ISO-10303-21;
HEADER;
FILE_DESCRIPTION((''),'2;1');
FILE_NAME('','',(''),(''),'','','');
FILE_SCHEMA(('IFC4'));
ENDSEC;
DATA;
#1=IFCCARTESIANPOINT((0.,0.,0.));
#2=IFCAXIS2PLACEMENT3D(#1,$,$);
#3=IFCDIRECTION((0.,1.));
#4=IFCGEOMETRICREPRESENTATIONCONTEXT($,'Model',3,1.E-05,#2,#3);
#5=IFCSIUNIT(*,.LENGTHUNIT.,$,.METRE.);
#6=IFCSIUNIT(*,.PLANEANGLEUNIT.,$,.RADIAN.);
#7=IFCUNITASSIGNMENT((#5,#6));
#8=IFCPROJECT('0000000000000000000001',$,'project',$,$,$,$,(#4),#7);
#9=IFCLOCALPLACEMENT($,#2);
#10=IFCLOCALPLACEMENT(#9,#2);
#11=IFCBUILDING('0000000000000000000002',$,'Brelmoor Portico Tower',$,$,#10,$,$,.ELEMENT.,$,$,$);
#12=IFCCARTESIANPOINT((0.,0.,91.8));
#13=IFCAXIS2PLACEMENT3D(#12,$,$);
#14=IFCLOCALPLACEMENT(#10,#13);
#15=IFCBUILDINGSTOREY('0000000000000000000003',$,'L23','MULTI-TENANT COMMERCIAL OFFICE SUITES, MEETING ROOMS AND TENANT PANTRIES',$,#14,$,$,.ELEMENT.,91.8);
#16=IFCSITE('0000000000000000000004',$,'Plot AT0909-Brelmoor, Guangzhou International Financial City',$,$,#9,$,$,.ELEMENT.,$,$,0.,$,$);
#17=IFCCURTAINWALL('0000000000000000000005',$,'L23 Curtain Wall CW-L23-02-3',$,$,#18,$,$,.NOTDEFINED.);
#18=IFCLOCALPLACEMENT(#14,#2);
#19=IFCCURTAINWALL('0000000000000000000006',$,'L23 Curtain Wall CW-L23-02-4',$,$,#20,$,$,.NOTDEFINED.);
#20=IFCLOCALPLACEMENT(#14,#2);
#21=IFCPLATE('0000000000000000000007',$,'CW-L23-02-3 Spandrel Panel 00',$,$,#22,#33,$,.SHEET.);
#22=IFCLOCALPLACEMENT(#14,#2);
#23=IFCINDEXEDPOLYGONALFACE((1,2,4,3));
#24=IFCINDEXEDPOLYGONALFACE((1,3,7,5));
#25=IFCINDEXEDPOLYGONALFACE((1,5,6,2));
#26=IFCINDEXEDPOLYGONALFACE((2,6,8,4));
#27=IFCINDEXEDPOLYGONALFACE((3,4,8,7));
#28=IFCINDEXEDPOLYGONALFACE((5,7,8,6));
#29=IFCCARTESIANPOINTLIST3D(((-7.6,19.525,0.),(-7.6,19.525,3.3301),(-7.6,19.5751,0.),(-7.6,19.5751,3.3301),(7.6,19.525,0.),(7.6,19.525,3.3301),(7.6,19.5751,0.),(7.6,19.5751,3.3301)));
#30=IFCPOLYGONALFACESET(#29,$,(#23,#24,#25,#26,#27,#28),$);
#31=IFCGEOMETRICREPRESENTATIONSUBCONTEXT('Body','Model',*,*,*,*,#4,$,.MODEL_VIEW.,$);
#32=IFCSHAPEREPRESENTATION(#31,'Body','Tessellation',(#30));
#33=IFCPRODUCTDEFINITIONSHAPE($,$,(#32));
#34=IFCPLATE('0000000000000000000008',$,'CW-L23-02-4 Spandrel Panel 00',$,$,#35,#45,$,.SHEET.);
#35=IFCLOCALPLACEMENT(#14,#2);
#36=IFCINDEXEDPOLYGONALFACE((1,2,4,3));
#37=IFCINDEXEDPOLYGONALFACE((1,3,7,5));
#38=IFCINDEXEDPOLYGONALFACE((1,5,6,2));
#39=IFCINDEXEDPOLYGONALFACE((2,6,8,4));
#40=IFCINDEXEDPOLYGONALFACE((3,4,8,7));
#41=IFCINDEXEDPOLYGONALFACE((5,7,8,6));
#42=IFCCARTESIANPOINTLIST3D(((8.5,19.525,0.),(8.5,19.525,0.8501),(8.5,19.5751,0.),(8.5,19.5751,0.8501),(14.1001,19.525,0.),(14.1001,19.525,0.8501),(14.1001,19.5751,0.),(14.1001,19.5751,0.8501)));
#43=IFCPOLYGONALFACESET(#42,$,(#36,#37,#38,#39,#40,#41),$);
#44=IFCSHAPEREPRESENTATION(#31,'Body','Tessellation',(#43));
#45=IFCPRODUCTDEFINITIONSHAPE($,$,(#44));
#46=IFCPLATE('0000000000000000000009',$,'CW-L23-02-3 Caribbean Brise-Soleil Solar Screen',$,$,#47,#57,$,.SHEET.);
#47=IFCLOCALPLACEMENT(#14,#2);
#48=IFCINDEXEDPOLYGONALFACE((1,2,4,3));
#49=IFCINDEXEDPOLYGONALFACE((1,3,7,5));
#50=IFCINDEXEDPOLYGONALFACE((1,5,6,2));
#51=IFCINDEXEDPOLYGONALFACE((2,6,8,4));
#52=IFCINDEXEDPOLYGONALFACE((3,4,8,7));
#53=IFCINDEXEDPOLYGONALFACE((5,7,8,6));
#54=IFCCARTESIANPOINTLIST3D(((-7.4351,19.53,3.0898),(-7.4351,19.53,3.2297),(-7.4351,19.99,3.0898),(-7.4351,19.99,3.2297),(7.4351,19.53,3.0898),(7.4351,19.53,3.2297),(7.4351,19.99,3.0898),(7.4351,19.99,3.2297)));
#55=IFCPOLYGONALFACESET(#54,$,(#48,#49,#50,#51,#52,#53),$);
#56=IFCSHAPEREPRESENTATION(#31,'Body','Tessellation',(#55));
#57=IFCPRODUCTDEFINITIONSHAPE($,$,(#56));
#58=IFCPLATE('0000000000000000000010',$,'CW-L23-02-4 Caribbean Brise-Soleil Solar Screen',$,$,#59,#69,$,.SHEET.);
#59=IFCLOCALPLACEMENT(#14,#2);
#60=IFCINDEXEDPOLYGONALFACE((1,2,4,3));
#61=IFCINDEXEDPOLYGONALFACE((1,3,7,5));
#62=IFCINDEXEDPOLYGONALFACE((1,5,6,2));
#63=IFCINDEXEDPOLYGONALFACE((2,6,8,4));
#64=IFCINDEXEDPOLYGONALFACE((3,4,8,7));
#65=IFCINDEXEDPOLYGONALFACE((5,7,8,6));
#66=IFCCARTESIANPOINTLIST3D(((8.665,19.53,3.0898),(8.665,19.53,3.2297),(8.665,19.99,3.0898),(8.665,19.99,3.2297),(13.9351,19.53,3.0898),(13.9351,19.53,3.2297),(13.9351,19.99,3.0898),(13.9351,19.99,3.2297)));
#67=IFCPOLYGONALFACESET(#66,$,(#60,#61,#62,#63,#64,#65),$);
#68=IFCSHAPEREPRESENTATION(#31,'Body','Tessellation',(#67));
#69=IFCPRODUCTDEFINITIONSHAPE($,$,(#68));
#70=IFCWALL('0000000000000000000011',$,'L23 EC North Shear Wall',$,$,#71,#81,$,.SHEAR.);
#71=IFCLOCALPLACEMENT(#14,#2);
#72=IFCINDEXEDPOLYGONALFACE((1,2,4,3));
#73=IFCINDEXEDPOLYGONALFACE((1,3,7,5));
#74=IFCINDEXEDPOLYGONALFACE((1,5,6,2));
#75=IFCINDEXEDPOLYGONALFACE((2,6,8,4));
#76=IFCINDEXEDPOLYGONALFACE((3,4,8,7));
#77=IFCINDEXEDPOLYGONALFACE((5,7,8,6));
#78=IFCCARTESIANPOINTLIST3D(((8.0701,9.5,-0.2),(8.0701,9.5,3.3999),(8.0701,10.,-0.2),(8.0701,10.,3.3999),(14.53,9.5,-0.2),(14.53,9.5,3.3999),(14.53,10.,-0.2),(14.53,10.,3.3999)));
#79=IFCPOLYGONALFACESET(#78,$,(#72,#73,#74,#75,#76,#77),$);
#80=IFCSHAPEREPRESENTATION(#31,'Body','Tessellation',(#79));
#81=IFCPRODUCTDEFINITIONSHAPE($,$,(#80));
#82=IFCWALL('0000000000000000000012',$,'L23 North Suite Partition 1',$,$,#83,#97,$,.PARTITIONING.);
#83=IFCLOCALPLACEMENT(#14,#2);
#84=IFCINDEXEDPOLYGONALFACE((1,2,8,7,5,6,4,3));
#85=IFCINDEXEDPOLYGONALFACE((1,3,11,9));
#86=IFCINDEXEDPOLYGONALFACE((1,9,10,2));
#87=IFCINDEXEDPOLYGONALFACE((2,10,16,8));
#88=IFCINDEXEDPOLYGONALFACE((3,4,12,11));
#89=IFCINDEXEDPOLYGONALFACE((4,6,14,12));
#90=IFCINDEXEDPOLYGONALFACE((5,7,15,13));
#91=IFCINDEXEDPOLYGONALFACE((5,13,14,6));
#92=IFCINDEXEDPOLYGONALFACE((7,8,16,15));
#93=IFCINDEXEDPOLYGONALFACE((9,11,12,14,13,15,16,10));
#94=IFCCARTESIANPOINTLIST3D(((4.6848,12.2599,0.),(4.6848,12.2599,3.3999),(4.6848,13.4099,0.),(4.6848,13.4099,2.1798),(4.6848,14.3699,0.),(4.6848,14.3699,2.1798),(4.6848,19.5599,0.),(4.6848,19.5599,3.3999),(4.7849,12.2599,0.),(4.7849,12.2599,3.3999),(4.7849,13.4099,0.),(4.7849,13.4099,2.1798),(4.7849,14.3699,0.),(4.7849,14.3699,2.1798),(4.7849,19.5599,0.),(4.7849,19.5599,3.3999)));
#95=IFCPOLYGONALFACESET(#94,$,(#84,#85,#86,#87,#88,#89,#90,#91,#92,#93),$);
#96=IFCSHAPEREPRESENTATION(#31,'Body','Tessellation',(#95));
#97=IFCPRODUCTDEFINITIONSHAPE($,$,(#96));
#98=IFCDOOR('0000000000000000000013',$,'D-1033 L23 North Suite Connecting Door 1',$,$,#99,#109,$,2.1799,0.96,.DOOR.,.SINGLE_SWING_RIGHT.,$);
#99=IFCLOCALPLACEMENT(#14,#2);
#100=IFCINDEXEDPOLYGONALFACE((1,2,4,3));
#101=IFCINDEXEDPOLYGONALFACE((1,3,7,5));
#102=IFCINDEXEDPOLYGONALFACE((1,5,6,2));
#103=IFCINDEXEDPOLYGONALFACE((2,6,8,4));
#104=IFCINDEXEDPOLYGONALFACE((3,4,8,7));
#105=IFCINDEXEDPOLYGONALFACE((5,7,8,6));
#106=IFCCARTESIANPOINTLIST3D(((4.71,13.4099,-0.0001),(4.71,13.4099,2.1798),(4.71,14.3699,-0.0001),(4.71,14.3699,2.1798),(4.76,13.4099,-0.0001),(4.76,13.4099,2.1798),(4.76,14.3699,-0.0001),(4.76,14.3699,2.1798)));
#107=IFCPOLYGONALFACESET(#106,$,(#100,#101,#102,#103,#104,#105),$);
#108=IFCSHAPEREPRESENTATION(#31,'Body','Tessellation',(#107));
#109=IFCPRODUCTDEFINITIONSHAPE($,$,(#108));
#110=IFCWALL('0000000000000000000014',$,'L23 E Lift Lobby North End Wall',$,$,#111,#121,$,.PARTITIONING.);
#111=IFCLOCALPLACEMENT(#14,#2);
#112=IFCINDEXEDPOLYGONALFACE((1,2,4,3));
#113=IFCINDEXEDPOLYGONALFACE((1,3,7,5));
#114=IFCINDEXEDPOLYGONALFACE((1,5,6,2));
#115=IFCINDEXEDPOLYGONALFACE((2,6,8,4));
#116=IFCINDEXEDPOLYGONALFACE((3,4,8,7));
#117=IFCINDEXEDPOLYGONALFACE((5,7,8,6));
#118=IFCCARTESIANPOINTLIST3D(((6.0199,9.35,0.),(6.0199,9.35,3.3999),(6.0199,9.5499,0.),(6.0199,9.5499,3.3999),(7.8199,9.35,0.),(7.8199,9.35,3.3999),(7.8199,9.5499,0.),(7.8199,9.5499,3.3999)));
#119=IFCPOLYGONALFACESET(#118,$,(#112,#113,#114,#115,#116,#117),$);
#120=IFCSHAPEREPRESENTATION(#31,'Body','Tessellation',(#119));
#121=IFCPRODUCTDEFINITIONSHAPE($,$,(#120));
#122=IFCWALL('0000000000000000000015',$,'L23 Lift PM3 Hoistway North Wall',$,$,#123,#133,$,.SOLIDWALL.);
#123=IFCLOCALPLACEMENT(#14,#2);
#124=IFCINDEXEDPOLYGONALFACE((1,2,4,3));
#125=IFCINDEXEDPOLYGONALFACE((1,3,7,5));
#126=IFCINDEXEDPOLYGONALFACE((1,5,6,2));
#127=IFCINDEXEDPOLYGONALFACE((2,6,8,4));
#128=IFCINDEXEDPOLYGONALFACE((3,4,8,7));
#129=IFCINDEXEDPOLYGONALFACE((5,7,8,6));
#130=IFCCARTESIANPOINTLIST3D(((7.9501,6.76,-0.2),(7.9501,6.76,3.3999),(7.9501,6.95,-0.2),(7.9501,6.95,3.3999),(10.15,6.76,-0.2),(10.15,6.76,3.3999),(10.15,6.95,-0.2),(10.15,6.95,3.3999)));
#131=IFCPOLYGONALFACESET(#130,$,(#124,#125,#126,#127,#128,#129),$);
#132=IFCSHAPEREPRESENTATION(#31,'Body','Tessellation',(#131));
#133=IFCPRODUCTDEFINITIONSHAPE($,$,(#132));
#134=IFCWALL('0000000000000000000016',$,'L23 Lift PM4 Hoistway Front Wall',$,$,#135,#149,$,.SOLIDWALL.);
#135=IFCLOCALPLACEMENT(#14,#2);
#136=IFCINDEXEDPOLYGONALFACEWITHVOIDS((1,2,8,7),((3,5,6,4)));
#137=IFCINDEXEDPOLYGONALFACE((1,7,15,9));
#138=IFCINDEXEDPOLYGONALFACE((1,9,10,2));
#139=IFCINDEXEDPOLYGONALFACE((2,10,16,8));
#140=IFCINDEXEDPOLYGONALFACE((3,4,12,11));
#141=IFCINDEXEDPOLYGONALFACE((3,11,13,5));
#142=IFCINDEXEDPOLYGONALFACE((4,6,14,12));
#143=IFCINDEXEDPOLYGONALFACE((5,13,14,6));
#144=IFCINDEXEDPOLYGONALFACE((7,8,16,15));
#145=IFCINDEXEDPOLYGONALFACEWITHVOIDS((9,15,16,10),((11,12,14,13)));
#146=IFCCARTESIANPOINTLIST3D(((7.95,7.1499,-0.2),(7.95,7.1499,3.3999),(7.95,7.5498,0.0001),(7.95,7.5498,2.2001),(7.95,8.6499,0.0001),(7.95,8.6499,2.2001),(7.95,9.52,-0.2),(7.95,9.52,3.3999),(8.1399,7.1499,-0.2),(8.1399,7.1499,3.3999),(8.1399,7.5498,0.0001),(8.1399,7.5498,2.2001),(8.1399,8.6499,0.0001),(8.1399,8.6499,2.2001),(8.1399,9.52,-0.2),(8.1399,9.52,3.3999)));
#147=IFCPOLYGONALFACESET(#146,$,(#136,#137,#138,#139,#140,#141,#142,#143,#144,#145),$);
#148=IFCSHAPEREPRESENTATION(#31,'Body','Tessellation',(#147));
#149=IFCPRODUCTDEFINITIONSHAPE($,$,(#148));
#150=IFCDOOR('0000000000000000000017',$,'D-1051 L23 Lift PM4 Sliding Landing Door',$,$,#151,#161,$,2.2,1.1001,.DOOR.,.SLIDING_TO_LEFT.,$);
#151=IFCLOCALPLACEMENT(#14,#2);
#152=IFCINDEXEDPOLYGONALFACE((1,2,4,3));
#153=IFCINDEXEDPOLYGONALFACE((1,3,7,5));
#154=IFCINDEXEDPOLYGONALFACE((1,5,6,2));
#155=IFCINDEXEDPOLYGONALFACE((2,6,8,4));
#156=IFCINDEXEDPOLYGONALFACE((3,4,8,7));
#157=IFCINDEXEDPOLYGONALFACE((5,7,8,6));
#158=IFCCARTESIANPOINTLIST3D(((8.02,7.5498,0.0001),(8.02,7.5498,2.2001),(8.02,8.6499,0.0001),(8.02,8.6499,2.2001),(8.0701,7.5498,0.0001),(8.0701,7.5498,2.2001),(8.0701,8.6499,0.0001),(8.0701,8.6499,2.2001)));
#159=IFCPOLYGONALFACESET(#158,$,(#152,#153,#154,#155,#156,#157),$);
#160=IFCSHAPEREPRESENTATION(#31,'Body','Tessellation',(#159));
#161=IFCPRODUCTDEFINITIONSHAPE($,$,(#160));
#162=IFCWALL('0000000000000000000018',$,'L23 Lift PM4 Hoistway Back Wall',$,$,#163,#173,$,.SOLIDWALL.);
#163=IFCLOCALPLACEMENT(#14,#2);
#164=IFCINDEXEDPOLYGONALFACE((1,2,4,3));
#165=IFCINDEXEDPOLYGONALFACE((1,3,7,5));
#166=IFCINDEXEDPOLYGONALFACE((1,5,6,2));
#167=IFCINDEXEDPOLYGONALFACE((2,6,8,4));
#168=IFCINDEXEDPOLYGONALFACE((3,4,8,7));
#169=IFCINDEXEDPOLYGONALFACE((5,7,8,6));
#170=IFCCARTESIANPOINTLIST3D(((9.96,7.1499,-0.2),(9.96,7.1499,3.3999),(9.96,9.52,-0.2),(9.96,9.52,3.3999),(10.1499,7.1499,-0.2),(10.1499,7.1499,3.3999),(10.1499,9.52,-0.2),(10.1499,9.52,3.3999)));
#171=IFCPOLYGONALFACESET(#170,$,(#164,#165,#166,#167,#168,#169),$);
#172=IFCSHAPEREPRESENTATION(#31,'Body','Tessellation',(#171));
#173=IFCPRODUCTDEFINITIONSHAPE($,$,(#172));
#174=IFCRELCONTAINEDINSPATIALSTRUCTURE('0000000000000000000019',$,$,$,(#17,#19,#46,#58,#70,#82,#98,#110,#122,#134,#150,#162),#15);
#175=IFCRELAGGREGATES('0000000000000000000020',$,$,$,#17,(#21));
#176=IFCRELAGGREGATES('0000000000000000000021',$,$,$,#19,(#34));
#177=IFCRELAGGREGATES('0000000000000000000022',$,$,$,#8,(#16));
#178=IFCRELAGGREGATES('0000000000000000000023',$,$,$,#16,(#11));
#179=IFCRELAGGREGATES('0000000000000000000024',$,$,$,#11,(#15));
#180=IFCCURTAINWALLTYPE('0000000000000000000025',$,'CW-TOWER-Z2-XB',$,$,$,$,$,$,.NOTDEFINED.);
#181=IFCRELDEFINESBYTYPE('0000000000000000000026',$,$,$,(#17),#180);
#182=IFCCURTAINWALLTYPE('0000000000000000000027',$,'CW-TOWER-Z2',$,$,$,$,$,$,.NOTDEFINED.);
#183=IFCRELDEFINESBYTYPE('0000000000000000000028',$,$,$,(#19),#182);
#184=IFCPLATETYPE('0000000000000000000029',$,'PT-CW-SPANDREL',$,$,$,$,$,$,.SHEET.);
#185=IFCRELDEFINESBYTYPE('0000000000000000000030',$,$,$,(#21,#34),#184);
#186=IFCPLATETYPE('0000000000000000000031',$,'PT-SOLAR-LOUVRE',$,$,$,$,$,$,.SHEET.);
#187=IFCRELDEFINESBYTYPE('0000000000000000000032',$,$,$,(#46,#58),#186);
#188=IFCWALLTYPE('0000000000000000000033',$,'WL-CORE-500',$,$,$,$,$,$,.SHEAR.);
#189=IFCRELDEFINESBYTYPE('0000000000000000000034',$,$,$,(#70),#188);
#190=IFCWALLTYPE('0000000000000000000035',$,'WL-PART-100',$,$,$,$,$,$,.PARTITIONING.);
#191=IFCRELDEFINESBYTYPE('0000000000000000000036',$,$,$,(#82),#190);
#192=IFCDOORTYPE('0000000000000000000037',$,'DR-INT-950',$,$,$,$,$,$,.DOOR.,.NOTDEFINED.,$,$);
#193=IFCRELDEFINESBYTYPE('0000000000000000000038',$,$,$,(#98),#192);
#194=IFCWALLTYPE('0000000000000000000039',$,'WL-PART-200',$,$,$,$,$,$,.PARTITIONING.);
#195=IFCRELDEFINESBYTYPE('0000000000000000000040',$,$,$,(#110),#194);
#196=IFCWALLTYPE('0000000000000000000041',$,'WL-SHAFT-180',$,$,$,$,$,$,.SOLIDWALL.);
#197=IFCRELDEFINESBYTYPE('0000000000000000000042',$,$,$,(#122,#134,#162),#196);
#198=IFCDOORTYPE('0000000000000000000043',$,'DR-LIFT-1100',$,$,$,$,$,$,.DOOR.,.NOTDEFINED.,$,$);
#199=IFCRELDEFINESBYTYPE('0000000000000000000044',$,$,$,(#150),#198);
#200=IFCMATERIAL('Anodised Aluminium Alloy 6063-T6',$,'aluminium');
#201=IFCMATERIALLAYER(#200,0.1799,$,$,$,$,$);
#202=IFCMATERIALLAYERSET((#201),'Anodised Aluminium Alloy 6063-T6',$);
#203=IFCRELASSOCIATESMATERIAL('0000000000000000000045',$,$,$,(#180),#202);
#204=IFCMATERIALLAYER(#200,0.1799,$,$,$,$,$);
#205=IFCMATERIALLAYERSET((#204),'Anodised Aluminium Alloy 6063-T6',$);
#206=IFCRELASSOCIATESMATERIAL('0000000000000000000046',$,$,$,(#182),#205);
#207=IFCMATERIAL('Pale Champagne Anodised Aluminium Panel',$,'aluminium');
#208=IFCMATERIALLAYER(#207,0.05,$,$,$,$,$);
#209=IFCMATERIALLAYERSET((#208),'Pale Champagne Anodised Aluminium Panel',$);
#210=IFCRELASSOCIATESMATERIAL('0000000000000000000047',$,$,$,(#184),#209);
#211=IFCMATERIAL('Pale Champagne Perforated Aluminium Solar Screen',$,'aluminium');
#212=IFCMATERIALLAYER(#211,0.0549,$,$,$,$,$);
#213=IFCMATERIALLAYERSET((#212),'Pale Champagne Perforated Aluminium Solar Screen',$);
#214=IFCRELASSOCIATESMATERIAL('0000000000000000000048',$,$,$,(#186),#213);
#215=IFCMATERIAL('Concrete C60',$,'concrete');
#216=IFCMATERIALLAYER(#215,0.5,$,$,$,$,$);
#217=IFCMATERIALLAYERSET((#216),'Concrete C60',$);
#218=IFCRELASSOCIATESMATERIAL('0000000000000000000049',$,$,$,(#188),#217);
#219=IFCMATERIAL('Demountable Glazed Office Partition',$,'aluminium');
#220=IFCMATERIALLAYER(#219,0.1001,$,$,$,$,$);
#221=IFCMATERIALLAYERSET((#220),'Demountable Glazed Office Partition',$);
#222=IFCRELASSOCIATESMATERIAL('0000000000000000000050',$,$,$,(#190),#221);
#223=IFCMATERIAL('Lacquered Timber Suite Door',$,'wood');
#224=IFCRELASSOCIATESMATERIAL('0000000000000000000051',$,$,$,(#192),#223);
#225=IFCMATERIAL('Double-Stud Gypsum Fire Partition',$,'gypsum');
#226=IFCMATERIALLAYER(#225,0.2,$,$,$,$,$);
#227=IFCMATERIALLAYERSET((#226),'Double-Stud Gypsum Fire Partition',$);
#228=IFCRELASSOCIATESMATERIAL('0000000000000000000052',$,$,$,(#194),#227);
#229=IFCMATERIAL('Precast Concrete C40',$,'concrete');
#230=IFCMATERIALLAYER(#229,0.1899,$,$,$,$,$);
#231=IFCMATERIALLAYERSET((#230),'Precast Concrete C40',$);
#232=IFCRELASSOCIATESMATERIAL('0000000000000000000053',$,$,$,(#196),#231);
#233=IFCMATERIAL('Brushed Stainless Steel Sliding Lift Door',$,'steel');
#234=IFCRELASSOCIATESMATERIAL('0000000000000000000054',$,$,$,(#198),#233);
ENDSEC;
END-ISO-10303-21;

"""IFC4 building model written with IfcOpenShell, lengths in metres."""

from ifc_helpers import new_model, si_unit, direction, frame, frame_2d, origin, origin_2d, place, context, subcontext, project, spatial, rectangle, extrude, material, layer, layer_set, type_object, element, fill, aggregate, save


model = new_model("IFC4")

# Units and contexts
model_context = context("Model", 3, precision=1e-05, world=origin(), true_north=direction((0.0, 1.0)))
body_context = subcontext(model_context, "Body", "Model", "MODEL_VIEW")
ifc_project = project(units=[si_unit("LENGTHUNIT", "METRE"), si_unit("PLANEANGLEUNIT", "RADIAN")], contexts=[model_context])

# Site, building, storey
site_placement = place(None, origin())
site = spatial("IfcSite", under=ifc_project, at=site_placement, Name="Plot AT0909-Brelmoor, Guangzhou International Financial City", CompositionType="ELEMENT", RefElevation=0.0)
building_placement = place(site_placement, origin())
building = spatial("IfcBuilding", under=site, at=building_placement, Name="Brelmoor Portico Tower", CompositionType="ELEMENT")
storey_placement = place(building_placement, frame((0.0, 0.0, 91.8)))
storey = spatial("IfcBuildingStorey", under=building, at=storey_placement, Name="L23", Description="MULTI-TENANT COMMERCIAL OFFICE SUITES, MEETING ROOMS AND TENANT PANTRIES", CompositionType="ELEMENT", Elevation=91.8)

# Curtain wall
ifc_material_1 = material(Name="Anodised Aluminium Alloy 6063-T6", Category="aluminium")
ifc_layer_1 = layer(ifc_material_1, 0.1799)
ifc_layer_set_1 = layer_set([ifc_layer_1], Name="Anodised Aluminium Alloy 6063-T6")
curtain_wall_type_1 = type_object("IfcCurtainWallType", Name="CW-TOWER-Z2-XB", PredefinedType="NOTDEFINED", material=ifc_layer_set_1)
curtain_wall_1_placement = place(storey_placement, origin())
curtain_wall_1 = element("IfcCurtainWall", 1, at=curtain_wall_1_placement, inside=storey, type_object=curtain_wall_type_1, Name="L23 Curtain Wall CW-L23-02-3", PredefinedType="NOTDEFINED")

# Curtain wall
ifc_layer_2 = layer(ifc_material_1, 0.1799)
ifc_layer_set_2 = layer_set([ifc_layer_2], Name="Anodised Aluminium Alloy 6063-T6")
curtain_wall_type_2 = type_object("IfcCurtainWallType", Name="CW-TOWER-Z2", PredefinedType="NOTDEFINED", material=ifc_layer_set_2)
curtain_wall_2_placement = place(storey_placement, origin())
curtain_wall_2 = element("IfcCurtainWall", 2, at=curtain_wall_2_placement, inside=storey, type_object=curtain_wall_type_2, Name="L23 Curtain Wall CW-L23-02-4", PredefinedType="NOTDEFINED")

# Plates
ifc_material_2 = material(Name="Pale Champagne Anodised Aluminium Panel", Category="aluminium")
ifc_layer_3 = layer(ifc_material_2, 0.05)
ifc_layer_set_3 = layer_set([ifc_layer_3], Name="Pale Champagne Anodised Aluminium Panel")
plate_type_1 = type_object("IfcPlateType", Name="PT-CW-SPANDREL", PredefinedType="SHEET", material=ifc_layer_set_3)
plate_1_placement = place(storey_placement, frame((0.0, 19.55, 0.0), z_axis=(0.0, 0.0, 1.0), x_axis=(1.0, 0.0, 0.0)))
plate_1 = element("IfcPlate", 3, at=plate_1_placement, type_object=plate_type_1, Name="CW-L23-02-3 Spandrel Panel 00", PredefinedType="SHEET", context=body_context, shape_type="SweptSolid", body=[
    extrude(rectangle(XDim=15.2, YDim=0.05, at=origin_2d()), origin(), (0.0, 0.0, 1.0), 3.3301),
])
aggregate(curtain_wall_1, [plate_1])
plate_2_placement = place(storey_placement, frame((11.3, 19.55, 0.0), z_axis=(0.0, 0.0, 1.0), x_axis=(1.0, 0.0, 0.0)))
plate_2 = element("IfcPlate", 4, at=plate_2_placement, type_object=plate_type_1, Name="CW-L23-02-4 Spandrel Panel 00", PredefinedType="SHEET", context=body_context, shape_type="SweptSolid", body=[
    extrude(rectangle(XDim=5.6001, YDim=0.05, at=origin_2d()), origin(), (0.0, 0.0, 1.0), 0.8501),
])
aggregate(curtain_wall_2, [plate_2])

# Plates
ifc_material_3 = material(Name="Pale Champagne Perforated Aluminium Solar Screen", Category="aluminium")
ifc_layer_4 = layer(ifc_material_3, 0.0549)
ifc_layer_set_4 = layer_set([ifc_layer_4], Name="Pale Champagne Perforated Aluminium Solar Screen")
plate_type_2 = type_object("IfcPlateType", Name="PT-SOLAR-LOUVRE", PredefinedType="SHEET", material=ifc_layer_set_4)
plate_3_placement = place(storey_placement, frame((0.0, 19.76, 3.0898), z_axis=(0.0, 0.0, 1.0), x_axis=(1.0, 0.0, 0.0)))
element("IfcPlate", 5, at=plate_3_placement, inside=storey, type_object=plate_type_2, Name="CW-L23-02-3 Caribbean Brise-Soleil Solar Screen", PredefinedType="SHEET", context=body_context, shape_type="SweptSolid", body=[
    extrude(rectangle(XDim=14.8701, YDim=0.46, at=origin_2d()), origin(), (0.0, 0.0, 1.0), 0.1399),
])
plate_4_placement = place(storey_placement, frame((11.3, 19.76, 3.0898), z_axis=(0.0, 0.0, 1.0), x_axis=(1.0, 0.0, 0.0)))
element("IfcPlate", 6, at=plate_4_placement, inside=storey, type_object=plate_type_2, Name="CW-L23-02-4 Caribbean Brise-Soleil Solar Screen", PredefinedType="SHEET", context=body_context, shape_type="SweptSolid", body=[
    extrude(rectangle(XDim=5.27, YDim=0.46, at=origin_2d()), origin(), (0.0, 0.0, 1.0), 0.1399),
])

# Wall
ifc_material_4 = material(Name="Concrete C60", Category="concrete")
ifc_layer_5 = layer(ifc_material_4, 0.5)
ifc_layer_set_5 = layer_set([ifc_layer_5], Name="Concrete C60")
wall_type_1 = type_object("IfcWallType", Name="WL-CORE-500", PredefinedType="SHEAR", material=ifc_layer_set_5)
wall_1_placement = place(storey_placement, frame((8.0701, 9.75, -0.2), z_axis=(0.0, 0.0, 1.0), x_axis=(1.0, 0.0, 0.0)))
element("IfcWall", 7, at=wall_1_placement, inside=storey, type_object=wall_type_1, Name="L23 EC North Shear Wall", PredefinedType="SHEAR", context=body_context, shape_type="SweptSolid", body=[
    extrude(rectangle(XDim=6.46, YDim=0.5, at=frame_2d((3.23, 0.0))), origin(), (0.0, 0.0, 1.0), 3.5999),
])

# Wall, opening, door
ifc_material_5 = material(Name="Demountable Glazed Office Partition", Category="aluminium")
ifc_layer_6 = layer(ifc_material_5, 0.1001)
ifc_layer_set_6 = layer_set([ifc_layer_6], Name="Demountable Glazed Office Partition")
wall_type_2 = type_object("IfcWallType", Name="WL-PART-100", PredefinedType="PARTITIONING", material=ifc_layer_set_6)
wall_2_placement = place(storey_placement, frame((4.7349, 12.26, 0.0), z_axis=(0.0, 0.0, 1.0), x_axis=(0.0, 1.0, 0.0)))
wall_2 = element("IfcWall", 8, at=wall_2_placement, inside=storey, type_object=wall_type_2, Name="L23 North Suite Partition 1", PredefinedType="PARTITIONING", context=body_context, shape_type="SweptSolid", body=[
    extrude(rectangle(XDim=7.3, YDim=0.1001, at=frame_2d((3.6499, 0.0))), origin(), (0.0, 0.0, 1.0), 3.3999),
])
opening_1_placement = place(wall_2_placement, frame((1.1499, 0.0, 0.0)))
opening_1 = element("IfcOpeningElement", 9, at=opening_1_placement, cuts=wall_2, PredefinedType="OPENING", context=body_context, shape_type="SweptSolid", body=[
    extrude(rectangle(XDim=0.96, YDim=2.1799, at=frame_2d((0.48, 1.0898))), frame((0.0, 0.0601, 0.0), z_axis=(0.0, -1.0, 0.0), x_axis=(1.0, 0.0, 0.0)), (0.0, 0.0, 1.0), 0.1201),
])
ifc_material_6 = material(Name="Lacquered Timber Suite Door", Category="wood")
door_type_1 = type_object("IfcDoorType", Name="DR-INT-950", OperationType="NOTDEFINED", PredefinedType="DOOR", material=ifc_material_6)
door_1_placement = place(opening_1_placement, origin())
door_1 = element("IfcDoor", 10, at=door_1_placement, inside=storey, type_object=door_type_1, Name="D-1033 L23 North Suite Connecting Door 1", OperationType="SINGLE_SWING_RIGHT", OverallHeight=2.1799, OverallWidth=0.96, PredefinedType="DOOR", context=body_context, shape_type="SweptSolid", body=[
    extrude(rectangle(XDim=0.96, YDim=2.1799, at=frame_2d((0.48, 1.0898))), frame((0.0, 0.0249, 0.0), z_axis=(0.0, -1.0, 0.0), x_axis=(1.0, 0.0, 0.0)), (0.0, 0.0, 1.0), 0.05),
])
fill(opening_1, door_1)

# Walls
ifc_material_7 = material(Name="Double-Stud Gypsum Fire Partition", Category="gypsum")
ifc_layer_7 = layer(ifc_material_7, 0.2)
ifc_layer_set_7 = layer_set([ifc_layer_7], Name="Double-Stud Gypsum Fire Partition")
wall_type_3 = type_object("IfcWallType", Name="WL-PART-200", PredefinedType="PARTITIONING", material=ifc_layer_set_7)
wall_3_placement = place(storey_placement, frame((6.02, 9.45, 0.0), z_axis=(0.0, 0.0, 1.0), x_axis=(1.0, 0.0, 0.0)))
element("IfcWall", 11, at=wall_3_placement, inside=storey, type_object=wall_type_3, Name="L23 E Lift Lobby North End Wall", PredefinedType="PARTITIONING", context=body_context, shape_type="SweptSolid", body=[
    extrude(rectangle(XDim=1.8, YDim=0.2, at=frame_2d((0.8999, 0.0))), origin(), (0.0, 0.0, 1.0), 3.3999),
])
ifc_material_8 = material(Name="Precast Concrete C40", Category="concrete")
ifc_layer_8 = layer(ifc_material_8, 0.1899)
ifc_layer_set_8 = layer_set([ifc_layer_8], Name="Precast Concrete C40")
wall_type_4 = type_object("IfcWallType", Name="WL-SHAFT-180", PredefinedType="SOLIDWALL", material=ifc_layer_set_8)
wall_4_placement = place(storey_placement, frame((7.95, 6.855, -0.2), z_axis=(0.0, 0.0, 1.0), x_axis=(1.0, 0.0, 0.0)))
element("IfcWall", 12, at=wall_4_placement, inside=storey, type_object=wall_type_4, Name="L23 Lift PM3 Hoistway North Wall", PredefinedType="SOLIDWALL", context=body_context, shape_type="SweptSolid", body=[
    extrude(rectangle(XDim=2.2, YDim=0.1899, at=frame_2d((1.1001, 0.0))), origin(), (0.0, 0.0, 1.0), 3.5999),
])

# Wall, opening, door
wall_5_placement = place(storey_placement, frame((8.0449, 7.1499, -0.2), z_axis=(0.0, 0.0, 1.0), x_axis=(0.0, 1.0, 0.0)))
wall_5 = element("IfcWall", 13, at=wall_5_placement, inside=storey, type_object=wall_type_4, Name="L23 Lift PM4 Hoistway Front Wall", PredefinedType="SOLIDWALL", context=body_context, shape_type="SweptSolid", body=[
    extrude(rectangle(XDim=2.3701, YDim=0.1899, at=frame_2d((1.1851, 0.0))), origin(), (0.0, 0.0, 1.0), 3.5999),
])
opening_2_placement = place(wall_5_placement, frame((0.3999, 0.0, 0.2)))
opening_2 = element("IfcOpeningElement", 14, at=opening_2_placement, cuts=wall_5, PredefinedType="OPENING", context=body_context, shape_type="SweptSolid", body=[
    extrude(rectangle(XDim=1.1001, YDim=2.2, at=frame_2d((0.55, 1.1001))), frame((0.0, 0.105, 0.0), z_axis=(0.0, -1.0, 0.0), x_axis=(1.0, 0.0, 0.0)), (0.0, 0.0, 1.0), 0.21),
])
ifc_material_9 = material(Name="Brushed Stainless Steel Sliding Lift Door", Category="steel")
door_type_2 = type_object("IfcDoorType", Name="DR-LIFT-1100", OperationType="NOTDEFINED", PredefinedType="DOOR", material=ifc_material_9)
door_2_placement = place(opening_2_placement, origin())
door_2 = element("IfcDoor", 15, at=door_2_placement, inside=storey, type_object=door_type_2, Name="D-1051 L23 Lift PM4 Sliding Landing Door", OperationType="SLIDING_TO_LEFT", OverallHeight=2.2, OverallWidth=1.1001, PredefinedType="DOOR", context=body_context, shape_type="SweptSolid", body=[
    extrude(rectangle(XDim=1.1001, YDim=2.2, at=frame_2d((0.55, 1.1001))), frame((0.0, 0.0249, 0.0), z_axis=(0.0, -1.0, 0.0), x_axis=(1.0, 0.0, 0.0)), (0.0, 0.0, 1.0), 0.05),
])
fill(opening_2, door_2)

# Wall
wall_6_placement = place(storey_placement, frame((10.0549, 7.1499, -0.2), z_axis=(0.0, 0.0, 1.0), x_axis=(0.0, 1.0, 0.0)))
element("IfcWall", 16, at=wall_6_placement, inside=storey, type_object=wall_type_4, Name="L23 Lift PM4 Hoistway Back Wall", PredefinedType="SOLIDWALL", context=body_context, shape_type="SweptSolid", body=[
    extrude(rectangle(XDim=2.3701, YDim=0.1899, at=frame_2d((1.1851, 0.0))), origin(), (0.0, 0.0, 1.0), 3.5999),
])

save(model, "model.ifc")
